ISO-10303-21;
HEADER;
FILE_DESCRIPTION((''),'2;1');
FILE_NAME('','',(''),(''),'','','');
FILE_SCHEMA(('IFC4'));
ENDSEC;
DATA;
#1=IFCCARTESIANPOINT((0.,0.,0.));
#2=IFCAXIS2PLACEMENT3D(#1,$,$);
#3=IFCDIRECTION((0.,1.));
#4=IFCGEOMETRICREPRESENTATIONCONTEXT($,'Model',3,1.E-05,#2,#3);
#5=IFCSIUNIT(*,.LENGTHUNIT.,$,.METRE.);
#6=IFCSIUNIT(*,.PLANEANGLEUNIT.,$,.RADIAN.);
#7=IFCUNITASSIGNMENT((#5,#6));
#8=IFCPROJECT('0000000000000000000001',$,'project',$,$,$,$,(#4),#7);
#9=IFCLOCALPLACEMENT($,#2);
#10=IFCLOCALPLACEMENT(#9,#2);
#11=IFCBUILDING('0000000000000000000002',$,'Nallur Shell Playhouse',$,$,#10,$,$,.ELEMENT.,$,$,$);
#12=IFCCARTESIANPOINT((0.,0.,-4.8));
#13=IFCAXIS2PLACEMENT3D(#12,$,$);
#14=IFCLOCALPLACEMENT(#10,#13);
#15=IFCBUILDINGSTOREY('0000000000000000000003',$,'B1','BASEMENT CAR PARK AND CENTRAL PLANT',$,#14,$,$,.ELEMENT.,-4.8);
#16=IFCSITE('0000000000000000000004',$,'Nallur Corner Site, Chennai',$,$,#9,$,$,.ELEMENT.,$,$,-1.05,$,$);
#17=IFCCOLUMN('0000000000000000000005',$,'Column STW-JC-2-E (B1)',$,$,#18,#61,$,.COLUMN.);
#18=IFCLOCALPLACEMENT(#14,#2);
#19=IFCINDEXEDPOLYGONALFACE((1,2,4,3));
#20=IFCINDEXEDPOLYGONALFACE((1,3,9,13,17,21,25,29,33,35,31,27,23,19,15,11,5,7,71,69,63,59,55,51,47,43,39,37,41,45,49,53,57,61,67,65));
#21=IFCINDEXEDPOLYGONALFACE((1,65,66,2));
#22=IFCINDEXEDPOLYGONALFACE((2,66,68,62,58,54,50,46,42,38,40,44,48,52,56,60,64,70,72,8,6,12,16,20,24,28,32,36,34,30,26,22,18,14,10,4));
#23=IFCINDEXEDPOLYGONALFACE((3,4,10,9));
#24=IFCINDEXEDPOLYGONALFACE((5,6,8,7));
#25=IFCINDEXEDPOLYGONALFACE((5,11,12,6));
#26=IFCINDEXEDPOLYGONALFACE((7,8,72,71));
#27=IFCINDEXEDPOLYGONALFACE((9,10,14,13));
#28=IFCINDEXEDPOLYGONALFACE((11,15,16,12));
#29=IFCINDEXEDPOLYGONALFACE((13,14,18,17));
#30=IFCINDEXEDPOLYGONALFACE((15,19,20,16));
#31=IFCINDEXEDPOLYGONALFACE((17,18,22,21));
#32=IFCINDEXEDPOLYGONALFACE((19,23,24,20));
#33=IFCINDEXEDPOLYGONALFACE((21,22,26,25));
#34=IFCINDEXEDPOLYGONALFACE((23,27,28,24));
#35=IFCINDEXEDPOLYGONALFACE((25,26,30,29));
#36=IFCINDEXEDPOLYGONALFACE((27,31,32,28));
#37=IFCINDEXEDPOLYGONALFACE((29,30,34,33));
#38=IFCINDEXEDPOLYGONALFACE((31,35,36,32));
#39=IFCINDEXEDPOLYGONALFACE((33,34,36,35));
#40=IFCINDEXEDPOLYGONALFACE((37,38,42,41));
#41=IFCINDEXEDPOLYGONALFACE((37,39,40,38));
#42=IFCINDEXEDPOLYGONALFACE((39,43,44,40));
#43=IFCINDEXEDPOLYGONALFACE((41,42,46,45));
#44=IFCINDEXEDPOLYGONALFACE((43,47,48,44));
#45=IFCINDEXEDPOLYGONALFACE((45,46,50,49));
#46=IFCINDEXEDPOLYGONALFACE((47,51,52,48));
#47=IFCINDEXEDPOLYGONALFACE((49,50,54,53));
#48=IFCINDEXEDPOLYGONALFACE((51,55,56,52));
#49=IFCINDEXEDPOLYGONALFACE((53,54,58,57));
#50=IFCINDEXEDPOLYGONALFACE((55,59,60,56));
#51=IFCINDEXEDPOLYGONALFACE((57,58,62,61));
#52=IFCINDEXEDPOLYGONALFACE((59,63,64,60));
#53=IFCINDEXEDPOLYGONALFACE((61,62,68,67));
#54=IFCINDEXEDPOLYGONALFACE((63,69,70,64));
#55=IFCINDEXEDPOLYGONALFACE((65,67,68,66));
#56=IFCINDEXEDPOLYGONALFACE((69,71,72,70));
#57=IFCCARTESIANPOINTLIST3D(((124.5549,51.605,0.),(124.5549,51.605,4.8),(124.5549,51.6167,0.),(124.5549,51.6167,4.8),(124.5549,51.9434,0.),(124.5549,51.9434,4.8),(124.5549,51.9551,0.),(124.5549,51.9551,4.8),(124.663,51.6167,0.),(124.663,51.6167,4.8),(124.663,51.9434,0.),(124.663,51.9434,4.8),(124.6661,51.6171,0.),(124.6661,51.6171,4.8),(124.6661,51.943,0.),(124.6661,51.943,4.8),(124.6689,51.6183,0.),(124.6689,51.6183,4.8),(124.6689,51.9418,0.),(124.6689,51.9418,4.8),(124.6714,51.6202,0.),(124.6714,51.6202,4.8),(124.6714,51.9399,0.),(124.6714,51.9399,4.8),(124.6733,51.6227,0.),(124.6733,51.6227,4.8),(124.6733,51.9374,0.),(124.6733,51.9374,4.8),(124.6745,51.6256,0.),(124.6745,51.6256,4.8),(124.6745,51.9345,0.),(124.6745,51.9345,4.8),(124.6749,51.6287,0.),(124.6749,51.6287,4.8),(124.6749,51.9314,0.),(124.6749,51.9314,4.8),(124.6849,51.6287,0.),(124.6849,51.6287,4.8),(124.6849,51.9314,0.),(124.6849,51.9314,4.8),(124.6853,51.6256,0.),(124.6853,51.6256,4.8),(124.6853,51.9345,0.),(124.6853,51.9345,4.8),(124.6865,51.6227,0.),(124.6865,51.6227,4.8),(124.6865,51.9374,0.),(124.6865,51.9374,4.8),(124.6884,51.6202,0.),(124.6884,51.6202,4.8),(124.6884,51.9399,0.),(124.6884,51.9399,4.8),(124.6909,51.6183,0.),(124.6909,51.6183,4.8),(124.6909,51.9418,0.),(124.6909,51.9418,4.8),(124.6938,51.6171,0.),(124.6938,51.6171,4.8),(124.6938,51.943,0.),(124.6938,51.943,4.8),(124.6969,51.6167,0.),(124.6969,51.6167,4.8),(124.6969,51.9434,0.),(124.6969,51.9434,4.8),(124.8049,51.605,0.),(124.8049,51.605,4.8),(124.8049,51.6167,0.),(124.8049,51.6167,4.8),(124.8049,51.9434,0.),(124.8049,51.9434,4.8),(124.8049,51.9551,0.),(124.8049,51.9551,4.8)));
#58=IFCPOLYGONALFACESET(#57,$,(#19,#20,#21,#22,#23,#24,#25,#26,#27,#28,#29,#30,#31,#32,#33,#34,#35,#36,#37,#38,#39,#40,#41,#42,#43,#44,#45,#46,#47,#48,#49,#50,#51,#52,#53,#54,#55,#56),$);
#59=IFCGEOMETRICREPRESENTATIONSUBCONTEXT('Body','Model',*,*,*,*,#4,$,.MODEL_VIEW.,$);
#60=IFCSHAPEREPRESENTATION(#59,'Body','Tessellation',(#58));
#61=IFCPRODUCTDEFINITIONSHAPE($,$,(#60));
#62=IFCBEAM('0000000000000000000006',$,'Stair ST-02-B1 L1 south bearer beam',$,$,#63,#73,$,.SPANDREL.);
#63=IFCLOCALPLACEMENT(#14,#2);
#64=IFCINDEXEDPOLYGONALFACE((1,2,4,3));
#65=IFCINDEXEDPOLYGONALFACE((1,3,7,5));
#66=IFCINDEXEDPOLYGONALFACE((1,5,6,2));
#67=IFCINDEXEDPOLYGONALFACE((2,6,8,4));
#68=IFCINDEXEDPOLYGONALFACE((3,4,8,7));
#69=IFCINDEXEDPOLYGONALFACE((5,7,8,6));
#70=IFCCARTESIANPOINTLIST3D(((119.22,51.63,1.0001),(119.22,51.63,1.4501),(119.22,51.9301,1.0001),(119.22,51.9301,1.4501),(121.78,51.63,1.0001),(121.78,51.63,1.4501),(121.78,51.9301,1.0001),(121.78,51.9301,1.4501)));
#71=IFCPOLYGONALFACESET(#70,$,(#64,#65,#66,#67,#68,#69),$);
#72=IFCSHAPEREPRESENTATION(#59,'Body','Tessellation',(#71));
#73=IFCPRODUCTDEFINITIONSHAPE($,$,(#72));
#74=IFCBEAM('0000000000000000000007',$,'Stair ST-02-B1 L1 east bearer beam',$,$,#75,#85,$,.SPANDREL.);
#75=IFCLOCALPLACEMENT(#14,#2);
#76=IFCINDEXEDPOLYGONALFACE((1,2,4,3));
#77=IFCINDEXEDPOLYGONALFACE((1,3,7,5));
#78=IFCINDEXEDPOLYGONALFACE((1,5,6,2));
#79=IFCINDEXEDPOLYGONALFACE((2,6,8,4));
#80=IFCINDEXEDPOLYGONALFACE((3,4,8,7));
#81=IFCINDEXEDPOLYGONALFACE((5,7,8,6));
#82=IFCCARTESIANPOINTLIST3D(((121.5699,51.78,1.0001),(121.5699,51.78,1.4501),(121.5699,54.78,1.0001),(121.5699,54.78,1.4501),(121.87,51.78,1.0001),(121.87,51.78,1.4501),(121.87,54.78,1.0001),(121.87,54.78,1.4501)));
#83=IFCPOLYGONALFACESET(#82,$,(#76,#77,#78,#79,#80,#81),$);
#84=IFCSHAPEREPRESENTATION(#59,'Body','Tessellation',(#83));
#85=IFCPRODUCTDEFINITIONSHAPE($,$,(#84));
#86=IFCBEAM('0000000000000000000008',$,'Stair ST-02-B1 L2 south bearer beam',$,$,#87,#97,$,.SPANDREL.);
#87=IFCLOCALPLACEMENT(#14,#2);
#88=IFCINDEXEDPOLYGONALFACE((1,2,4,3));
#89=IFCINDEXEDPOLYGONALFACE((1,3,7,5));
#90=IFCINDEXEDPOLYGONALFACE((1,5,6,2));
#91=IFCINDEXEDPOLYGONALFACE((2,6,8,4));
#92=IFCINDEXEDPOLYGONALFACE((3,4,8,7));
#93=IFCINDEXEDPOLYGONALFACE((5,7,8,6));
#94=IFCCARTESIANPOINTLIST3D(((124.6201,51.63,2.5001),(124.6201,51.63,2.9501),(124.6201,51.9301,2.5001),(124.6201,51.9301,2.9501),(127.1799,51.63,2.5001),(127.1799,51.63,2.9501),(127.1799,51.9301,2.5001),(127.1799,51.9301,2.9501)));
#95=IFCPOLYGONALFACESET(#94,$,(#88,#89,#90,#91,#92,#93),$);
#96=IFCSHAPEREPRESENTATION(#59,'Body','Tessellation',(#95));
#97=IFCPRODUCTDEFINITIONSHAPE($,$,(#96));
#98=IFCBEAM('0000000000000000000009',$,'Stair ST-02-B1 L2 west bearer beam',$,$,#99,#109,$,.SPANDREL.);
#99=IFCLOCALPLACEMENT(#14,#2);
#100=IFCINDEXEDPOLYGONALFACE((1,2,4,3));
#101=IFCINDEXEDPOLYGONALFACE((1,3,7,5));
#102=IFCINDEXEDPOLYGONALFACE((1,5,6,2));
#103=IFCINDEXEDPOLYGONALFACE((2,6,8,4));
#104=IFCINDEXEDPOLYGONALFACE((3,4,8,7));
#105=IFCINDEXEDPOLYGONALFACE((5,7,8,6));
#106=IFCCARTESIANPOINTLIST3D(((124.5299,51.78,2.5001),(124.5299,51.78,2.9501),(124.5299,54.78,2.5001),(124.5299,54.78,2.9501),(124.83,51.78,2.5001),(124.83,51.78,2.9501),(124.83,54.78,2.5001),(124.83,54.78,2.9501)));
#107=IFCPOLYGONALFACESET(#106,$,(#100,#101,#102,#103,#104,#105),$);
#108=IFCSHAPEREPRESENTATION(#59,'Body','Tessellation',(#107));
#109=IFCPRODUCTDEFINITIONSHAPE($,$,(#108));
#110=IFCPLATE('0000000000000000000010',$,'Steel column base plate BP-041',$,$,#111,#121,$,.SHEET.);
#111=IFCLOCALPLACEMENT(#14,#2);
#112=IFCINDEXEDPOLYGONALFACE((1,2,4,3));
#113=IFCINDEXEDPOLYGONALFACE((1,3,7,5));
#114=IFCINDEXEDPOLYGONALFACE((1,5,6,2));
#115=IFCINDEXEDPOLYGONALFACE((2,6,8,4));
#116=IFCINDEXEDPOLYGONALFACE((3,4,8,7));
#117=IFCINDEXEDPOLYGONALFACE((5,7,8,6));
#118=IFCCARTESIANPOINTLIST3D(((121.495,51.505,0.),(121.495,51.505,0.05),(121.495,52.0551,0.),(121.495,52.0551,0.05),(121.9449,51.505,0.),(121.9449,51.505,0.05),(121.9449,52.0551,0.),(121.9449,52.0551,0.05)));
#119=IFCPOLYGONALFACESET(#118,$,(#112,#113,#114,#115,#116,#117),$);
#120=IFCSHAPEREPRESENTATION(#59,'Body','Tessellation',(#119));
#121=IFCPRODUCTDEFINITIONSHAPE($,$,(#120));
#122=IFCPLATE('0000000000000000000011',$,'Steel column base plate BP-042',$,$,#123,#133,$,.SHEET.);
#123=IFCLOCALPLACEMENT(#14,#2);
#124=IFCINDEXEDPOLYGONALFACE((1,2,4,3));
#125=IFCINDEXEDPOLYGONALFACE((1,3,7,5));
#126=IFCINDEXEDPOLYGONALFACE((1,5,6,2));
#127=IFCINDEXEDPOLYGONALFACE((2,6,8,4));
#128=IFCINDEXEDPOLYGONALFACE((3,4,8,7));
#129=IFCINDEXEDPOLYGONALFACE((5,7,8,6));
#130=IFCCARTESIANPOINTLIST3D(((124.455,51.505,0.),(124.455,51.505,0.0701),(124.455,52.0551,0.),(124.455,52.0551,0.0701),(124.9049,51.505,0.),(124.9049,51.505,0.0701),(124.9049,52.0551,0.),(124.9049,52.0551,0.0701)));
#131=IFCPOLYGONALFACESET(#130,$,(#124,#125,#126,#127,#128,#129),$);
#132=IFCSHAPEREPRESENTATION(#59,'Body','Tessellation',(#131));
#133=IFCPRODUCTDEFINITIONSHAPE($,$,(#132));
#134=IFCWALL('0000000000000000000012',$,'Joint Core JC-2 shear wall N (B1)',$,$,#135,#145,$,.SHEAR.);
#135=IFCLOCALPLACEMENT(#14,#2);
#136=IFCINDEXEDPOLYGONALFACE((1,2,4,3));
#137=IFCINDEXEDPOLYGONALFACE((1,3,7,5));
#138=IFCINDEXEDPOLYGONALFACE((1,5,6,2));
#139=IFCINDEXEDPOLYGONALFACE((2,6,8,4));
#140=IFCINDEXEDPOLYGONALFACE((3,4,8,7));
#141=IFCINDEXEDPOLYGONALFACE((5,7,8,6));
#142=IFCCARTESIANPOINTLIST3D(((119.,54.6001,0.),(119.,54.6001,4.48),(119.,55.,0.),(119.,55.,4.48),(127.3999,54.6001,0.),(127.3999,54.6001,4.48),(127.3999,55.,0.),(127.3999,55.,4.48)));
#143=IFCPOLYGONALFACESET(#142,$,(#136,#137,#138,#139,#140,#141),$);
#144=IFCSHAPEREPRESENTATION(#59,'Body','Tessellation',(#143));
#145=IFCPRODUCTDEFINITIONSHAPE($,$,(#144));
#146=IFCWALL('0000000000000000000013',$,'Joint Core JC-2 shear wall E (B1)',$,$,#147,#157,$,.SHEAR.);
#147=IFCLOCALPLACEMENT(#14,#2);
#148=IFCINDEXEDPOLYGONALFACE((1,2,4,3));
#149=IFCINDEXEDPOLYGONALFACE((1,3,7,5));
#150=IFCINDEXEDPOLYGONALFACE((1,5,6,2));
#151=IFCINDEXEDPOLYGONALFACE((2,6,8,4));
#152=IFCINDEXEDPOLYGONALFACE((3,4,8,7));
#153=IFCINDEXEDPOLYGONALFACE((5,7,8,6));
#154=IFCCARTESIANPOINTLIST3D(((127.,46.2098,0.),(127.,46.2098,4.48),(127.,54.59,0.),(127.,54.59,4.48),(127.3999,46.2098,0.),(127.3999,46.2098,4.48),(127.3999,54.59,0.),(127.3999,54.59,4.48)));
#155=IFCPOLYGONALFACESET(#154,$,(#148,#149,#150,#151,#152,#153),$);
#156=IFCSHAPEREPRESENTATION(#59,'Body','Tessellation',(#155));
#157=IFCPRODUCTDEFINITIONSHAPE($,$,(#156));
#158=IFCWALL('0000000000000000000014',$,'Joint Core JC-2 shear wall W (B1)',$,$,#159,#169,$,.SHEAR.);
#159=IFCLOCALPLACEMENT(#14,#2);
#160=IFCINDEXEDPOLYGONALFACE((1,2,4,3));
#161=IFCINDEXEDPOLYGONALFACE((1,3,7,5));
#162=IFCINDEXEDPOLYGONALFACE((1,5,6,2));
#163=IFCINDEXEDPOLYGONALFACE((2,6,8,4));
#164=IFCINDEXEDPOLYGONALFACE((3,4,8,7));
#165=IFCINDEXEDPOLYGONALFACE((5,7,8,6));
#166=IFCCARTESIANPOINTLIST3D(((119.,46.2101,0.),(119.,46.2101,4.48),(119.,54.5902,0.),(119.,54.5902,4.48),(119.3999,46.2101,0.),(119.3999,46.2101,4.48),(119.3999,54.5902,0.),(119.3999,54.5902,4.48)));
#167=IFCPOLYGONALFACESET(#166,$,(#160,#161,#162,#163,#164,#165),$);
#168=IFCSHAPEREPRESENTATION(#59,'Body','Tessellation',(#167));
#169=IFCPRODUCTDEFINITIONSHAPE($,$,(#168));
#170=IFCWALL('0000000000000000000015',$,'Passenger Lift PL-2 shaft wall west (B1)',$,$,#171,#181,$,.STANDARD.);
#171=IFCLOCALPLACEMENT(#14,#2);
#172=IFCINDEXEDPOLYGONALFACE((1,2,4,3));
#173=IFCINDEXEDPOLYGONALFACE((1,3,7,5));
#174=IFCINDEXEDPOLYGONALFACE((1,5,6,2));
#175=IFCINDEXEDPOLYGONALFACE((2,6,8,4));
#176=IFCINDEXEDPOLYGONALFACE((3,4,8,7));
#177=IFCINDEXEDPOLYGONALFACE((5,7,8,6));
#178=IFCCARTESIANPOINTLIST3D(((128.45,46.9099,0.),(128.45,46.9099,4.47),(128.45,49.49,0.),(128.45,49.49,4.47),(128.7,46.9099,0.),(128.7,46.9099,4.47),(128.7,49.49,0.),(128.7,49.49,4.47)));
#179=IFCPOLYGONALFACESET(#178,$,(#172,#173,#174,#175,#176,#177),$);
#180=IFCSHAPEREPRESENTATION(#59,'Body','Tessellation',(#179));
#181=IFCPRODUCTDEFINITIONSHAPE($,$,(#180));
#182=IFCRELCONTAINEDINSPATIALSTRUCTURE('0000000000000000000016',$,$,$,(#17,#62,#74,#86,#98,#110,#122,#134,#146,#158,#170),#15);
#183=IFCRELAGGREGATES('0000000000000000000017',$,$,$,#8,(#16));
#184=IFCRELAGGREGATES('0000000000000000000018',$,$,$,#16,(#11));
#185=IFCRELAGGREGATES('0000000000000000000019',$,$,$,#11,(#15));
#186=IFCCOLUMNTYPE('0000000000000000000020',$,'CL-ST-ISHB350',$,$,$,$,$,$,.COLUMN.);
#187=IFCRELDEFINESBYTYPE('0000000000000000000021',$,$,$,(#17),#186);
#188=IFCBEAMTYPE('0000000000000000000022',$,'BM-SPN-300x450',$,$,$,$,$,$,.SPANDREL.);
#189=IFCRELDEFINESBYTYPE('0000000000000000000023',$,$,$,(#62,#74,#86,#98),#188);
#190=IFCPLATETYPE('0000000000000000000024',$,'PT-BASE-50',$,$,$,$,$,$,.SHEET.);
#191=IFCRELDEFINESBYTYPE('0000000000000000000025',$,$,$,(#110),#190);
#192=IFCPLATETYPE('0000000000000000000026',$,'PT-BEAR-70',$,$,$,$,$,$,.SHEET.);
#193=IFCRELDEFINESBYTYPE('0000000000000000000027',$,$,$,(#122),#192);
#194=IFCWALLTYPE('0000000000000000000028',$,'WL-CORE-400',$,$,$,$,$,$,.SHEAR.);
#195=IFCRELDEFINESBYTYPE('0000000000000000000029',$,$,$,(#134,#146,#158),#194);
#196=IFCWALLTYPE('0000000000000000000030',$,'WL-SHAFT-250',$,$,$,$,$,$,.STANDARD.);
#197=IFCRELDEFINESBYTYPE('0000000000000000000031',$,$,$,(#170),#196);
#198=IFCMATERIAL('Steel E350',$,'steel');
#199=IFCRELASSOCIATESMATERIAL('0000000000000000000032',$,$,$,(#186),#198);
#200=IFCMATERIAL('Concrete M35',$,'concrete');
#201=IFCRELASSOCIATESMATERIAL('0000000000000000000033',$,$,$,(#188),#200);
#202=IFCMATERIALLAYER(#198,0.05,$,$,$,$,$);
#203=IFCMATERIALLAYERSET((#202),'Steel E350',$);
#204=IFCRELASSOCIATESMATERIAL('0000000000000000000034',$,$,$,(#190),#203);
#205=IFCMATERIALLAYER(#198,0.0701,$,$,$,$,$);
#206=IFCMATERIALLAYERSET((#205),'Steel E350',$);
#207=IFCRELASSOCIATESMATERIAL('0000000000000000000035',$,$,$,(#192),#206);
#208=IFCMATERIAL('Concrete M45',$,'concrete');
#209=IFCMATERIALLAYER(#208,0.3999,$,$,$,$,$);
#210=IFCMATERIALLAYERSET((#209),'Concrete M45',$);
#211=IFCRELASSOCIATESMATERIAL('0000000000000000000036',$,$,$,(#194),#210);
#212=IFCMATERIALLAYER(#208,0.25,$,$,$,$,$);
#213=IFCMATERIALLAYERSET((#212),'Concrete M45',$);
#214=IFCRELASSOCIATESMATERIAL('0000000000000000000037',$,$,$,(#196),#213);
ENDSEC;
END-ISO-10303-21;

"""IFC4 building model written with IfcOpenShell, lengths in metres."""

from ifc_helpers import new_model, si_unit, direction, frame, frame_2d, origin, origin_2d, place, context, subcontext, project, spatial, rectangle, i_section, extrude, material, layer, layer_set, material_profile, profile_set, type_object, element, save


model = new_model("IFC4")

# Units and contexts
model_context = context("Model", 3, precision=1e-05, world=origin(), true_north=direction((0.0, 1.0)))
body_context = subcontext(model_context, "Body", "Model", "MODEL_VIEW")
ifc_project = project(units=[si_unit("LENGTHUNIT", "METRE"), si_unit("PLANEANGLEUNIT", "RADIAN")], contexts=[model_context])

# Site, building, storey
site_placement = place(None, origin())
site = spatial("IfcSite", under=ifc_project, at=site_placement, Name="Nallur Corner Site, Chennai", CompositionType="ELEMENT", RefElevation=-1.05)
building_placement = place(site_placement, origin())
building = spatial("IfcBuilding", under=site, at=building_placement, Name="Nallur Shell Playhouse", CompositionType="ELEMENT")
storey_placement = place(building_placement, frame((0.0, 0.0, -4.8)))
storey = spatial("IfcBuildingStorey", under=building, at=storey_placement, Name="B1", Description="BASEMENT CAR PARK AND CENTRAL PLANT", CompositionType="ELEMENT", Elevation=-4.8)

# Shared definitions
ifc_material_1 = material(Name="Concrete M35", Category="concrete")

# Column
ifc_material_2 = material(Name="Steel E350", Category="steel")
ifc_material_profile_1 = material_profile(ifc_material_2, i_section(OverallWidth=0.25, OverallDepth=0.3501, WebThickness=0.01, FlangeThickness=0.0117, FilletRadius=0.012, at=origin_2d()), Name="ISHB 350")
ifc_profile_set_1 = profile_set([ifc_material_profile_1], Name="Steel E350")
column_type_1 = type_object("IfcColumnType", Name="CL-ST-ISHB350", PredefinedType="COLUMN", material=ifc_profile_set_1)
for number, where, z_axis, x_axis, name in (
    (1, (124.6799, 51.78, 0.0), (0.0, 0.0, 1.0), (1.0, 0.0, 0.0), "Column STW-JC-2-E (B1)"),
):
    element("IfcColumn", number, at=place(storey_placement, frame(where, z_axis=z_axis, x_axis=x_axis)), inside=storey, type_object=column_type_1, Name=name, PredefinedType="COLUMN", context=body_context, shape_type="SweptSolid", body=[
        extrude(i_section(OverallWidth=0.25, OverallDepth=0.3501, WebThickness=0.01, FlangeThickness=0.0117, FilletRadius=0.012, at=origin_2d()), origin(), (0.0, 0.0, 1.0), 4.8),
    ])

# Beams
ifc_material_profile_2 = material_profile(ifc_material_1, rectangle(XDim=0.3, YDim=0.45, at=origin_2d()), Name="RC 300x450")
ifc_profile_set_2 = profile_set([ifc_material_profile_2], Name="Concrete M35")
beam_type = type_object("IfcBeamType", Name="BM-SPN-300x450", PredefinedType="SPANDREL", material=ifc_profile_set_2)
beam_1_placement = place(storey_placement, frame((119.22, 51.78, 1.2251), z_axis=(1.0, 0.0, 0.0), x_axis=(0.0, 1.0, 0.0)))
element("IfcBeam", 2, at=beam_1_placement, inside=storey, type_object=beam_type, Name="Stair ST-02-B1 L1 south bearer beam", PredefinedType="SPANDREL", context=body_context, shape_type="SweptSolid", body=[
    extrude(rectangle(XDim=0.3, YDim=0.45, at=origin_2d()), origin(), (0.0, 0.0, 1.0), 2.5601),
])
beam_2_placement = place(storey_placement, frame((121.72, 51.78, 1.2251), z_axis=(0.0, 1.0, 0.0), x_axis=(-1.0, 0.0, 0.0)))
element("IfcBeam", 3, at=beam_2_placement, inside=storey, type_object=beam_type, Name="Stair ST-02-B1 L1 east bearer beam", PredefinedType="SPANDREL", context=body_context, shape_type="SweptSolid", body=[
    extrude(rectangle(XDim=0.3, YDim=0.45, at=origin_2d()), origin(), (0.0, 0.0, 1.0), 3.0),
])
beam_3_placement = place(storey_placement, frame((124.6201, 51.78, 2.7251), z_axis=(1.0, 0.0, 0.0), x_axis=(0.0, 1.0, 0.0)))
element("IfcBeam", 4, at=beam_3_placement, inside=storey, type_object=beam_type, Name="Stair ST-02-B1 L2 south bearer beam", PredefinedType="SPANDREL", context=body_context, shape_type="SweptSolid", body=[
    extrude(rectangle(XDim=0.3, YDim=0.45, at=origin_2d()), origin(), (0.0, 0.0, 1.0), 2.5598),
])
beam_4_placement = place(storey_placement, frame((124.6799, 51.78, 2.7251), z_axis=(0.0, 1.0, 0.0), x_axis=(-1.0, 0.0, 0.0)))
element("IfcBeam", 5, at=beam_4_placement, inside=storey, type_object=beam_type, Name="Stair ST-02-B1 L2 west bearer beam", PredefinedType="SPANDREL", context=body_context, shape_type="SweptSolid", body=[
    extrude(rectangle(XDim=0.3, YDim=0.45, at=origin_2d()), origin(), (0.0, 0.0, 1.0), 3.0),
])

# Plates
ifc_layer_1 = layer(ifc_material_2, 0.05)
ifc_layer_set_1 = layer_set([ifc_layer_1], Name="Steel E350")
plate_type_1 = type_object("IfcPlateType", Name="PT-BASE-50", PredefinedType="SHEET", material=ifc_layer_set_1)
plate_1_placement = place(storey_placement, frame((121.72, 51.78, 0.0), z_axis=(0.0, 0.0, 1.0), x_axis=(1.0, 0.0, 0.0)))
element("IfcPlate", 6, at=plate_1_placement, inside=storey, type_object=plate_type_1, Name="Steel column base plate BP-041", PredefinedType="SHEET", context=body_context, shape_type="SweptSolid", body=[
    extrude(rectangle(XDim=0.45, YDim=0.55, at=origin_2d()), origin(), (0.0, 0.0, 1.0), 0.05),
])
ifc_layer_2 = layer(ifc_material_2, 0.0701)
ifc_layer_set_2 = layer_set([ifc_layer_2], Name="Steel E350")
plate_type_2 = type_object("IfcPlateType", Name="PT-BEAR-70", PredefinedType="SHEET", material=ifc_layer_set_2)
plate_2_placement = place(storey_placement, frame((124.6799, 51.78, 0.0), z_axis=(0.0, 0.0, 1.0), x_axis=(1.0, 0.0, 0.0)))
element("IfcPlate", 7, at=plate_2_placement, inside=storey, type_object=plate_type_2, Name="Steel column base plate BP-042", PredefinedType="SHEET", context=body_context, shape_type="SweptSolid", body=[
    extrude(rectangle(XDim=0.45, YDim=0.55, at=origin_2d()), origin(), (0.0, 0.0, 1.0), 0.0701),
])

# Shared definitions
ifc_material_3 = material(Name="Concrete M45", Category="concrete")
ifc_layer_3 = layer(ifc_material_3, 0.3999)
ifc_layer_set_3 = layer_set([ifc_layer_3], Name="Concrete M45")
wall_type_1 = type_object("IfcWallType", Name="WL-CORE-400", PredefinedType="SHEAR", material=ifc_layer_set_3)

# Walls
wall_1_placement = place(storey_placement, frame((127.3999, 54.8, 0.0), z_axis=(0.0, 0.0, 1.0), x_axis=(-1.0, 0.0, 0.0)))
element("IfcWall", 8, at=wall_1_placement, inside=storey, type_object=wall_type_1, Name="Joint Core JC-2 shear wall N (B1)", PredefinedType="SHEAR", context=body_context, shape_type="SweptSolid", body=[
    extrude(rectangle(XDim=8.3999, YDim=0.3999, at=frame_2d((4.2, 0.0))), origin(), (0.0, 0.0, 1.0), 4.48),
])
for number, where, z_axis, x_axis, name in (
    (9, (127.2, 46.21, 0.0), (0.0, 0.0, 1.0), (0.0, 1.0, 0.0), "Joint Core JC-2 shear wall E (B1)"),
    (10, (119.2, 54.5901, 0.0), (0.0, 0.0, 1.0), (0.0, -1.0, 0.0), "Joint Core JC-2 shear wall W (B1)"),
):
    element("IfcWall", number, at=place(storey_placement, frame(where, z_axis=z_axis, x_axis=x_axis)), inside=storey, type_object=wall_type_1, Name=name, PredefinedType="SHEAR", context=body_context, shape_type="SweptSolid", body=[
        extrude(rectangle(XDim=8.3801, YDim=0.3999, at=frame_2d((4.1899, 0.0))), origin(), (0.0, 0.0, 1.0), 4.48),
    ])

# Shared definitions
ifc_layer_4 = layer(ifc_material_3, 0.25)
ifc_layer_set_4 = layer_set([ifc_layer_4], Name="Concrete M45")
wall_type_2 = type_object("IfcWallType", Name="WL-SHAFT-250", PredefinedType="STANDARD", material=ifc_layer_set_4)

# Wall
wall_2_placement = place(storey_placement, frame((128.575, 49.49, 0.0), z_axis=(0.0, 0.0, 1.0), x_axis=(0.0, -1.0, 0.0)))
element("IfcWall", 11, at=wall_2_placement, inside=storey, type_object=wall_type_2, Name="Passenger Lift PL-2 shaft wall west (B1)", PredefinedType="STANDARD", context=body_context, shape_type="SweptSolid", body=[
    extrude(rectangle(XDim=2.5801, YDim=0.25, at=frame_2d((1.29, 0.0))), origin(), (0.0, 0.0, 1.0), 4.47),
])

save(model, "model.ifc")
